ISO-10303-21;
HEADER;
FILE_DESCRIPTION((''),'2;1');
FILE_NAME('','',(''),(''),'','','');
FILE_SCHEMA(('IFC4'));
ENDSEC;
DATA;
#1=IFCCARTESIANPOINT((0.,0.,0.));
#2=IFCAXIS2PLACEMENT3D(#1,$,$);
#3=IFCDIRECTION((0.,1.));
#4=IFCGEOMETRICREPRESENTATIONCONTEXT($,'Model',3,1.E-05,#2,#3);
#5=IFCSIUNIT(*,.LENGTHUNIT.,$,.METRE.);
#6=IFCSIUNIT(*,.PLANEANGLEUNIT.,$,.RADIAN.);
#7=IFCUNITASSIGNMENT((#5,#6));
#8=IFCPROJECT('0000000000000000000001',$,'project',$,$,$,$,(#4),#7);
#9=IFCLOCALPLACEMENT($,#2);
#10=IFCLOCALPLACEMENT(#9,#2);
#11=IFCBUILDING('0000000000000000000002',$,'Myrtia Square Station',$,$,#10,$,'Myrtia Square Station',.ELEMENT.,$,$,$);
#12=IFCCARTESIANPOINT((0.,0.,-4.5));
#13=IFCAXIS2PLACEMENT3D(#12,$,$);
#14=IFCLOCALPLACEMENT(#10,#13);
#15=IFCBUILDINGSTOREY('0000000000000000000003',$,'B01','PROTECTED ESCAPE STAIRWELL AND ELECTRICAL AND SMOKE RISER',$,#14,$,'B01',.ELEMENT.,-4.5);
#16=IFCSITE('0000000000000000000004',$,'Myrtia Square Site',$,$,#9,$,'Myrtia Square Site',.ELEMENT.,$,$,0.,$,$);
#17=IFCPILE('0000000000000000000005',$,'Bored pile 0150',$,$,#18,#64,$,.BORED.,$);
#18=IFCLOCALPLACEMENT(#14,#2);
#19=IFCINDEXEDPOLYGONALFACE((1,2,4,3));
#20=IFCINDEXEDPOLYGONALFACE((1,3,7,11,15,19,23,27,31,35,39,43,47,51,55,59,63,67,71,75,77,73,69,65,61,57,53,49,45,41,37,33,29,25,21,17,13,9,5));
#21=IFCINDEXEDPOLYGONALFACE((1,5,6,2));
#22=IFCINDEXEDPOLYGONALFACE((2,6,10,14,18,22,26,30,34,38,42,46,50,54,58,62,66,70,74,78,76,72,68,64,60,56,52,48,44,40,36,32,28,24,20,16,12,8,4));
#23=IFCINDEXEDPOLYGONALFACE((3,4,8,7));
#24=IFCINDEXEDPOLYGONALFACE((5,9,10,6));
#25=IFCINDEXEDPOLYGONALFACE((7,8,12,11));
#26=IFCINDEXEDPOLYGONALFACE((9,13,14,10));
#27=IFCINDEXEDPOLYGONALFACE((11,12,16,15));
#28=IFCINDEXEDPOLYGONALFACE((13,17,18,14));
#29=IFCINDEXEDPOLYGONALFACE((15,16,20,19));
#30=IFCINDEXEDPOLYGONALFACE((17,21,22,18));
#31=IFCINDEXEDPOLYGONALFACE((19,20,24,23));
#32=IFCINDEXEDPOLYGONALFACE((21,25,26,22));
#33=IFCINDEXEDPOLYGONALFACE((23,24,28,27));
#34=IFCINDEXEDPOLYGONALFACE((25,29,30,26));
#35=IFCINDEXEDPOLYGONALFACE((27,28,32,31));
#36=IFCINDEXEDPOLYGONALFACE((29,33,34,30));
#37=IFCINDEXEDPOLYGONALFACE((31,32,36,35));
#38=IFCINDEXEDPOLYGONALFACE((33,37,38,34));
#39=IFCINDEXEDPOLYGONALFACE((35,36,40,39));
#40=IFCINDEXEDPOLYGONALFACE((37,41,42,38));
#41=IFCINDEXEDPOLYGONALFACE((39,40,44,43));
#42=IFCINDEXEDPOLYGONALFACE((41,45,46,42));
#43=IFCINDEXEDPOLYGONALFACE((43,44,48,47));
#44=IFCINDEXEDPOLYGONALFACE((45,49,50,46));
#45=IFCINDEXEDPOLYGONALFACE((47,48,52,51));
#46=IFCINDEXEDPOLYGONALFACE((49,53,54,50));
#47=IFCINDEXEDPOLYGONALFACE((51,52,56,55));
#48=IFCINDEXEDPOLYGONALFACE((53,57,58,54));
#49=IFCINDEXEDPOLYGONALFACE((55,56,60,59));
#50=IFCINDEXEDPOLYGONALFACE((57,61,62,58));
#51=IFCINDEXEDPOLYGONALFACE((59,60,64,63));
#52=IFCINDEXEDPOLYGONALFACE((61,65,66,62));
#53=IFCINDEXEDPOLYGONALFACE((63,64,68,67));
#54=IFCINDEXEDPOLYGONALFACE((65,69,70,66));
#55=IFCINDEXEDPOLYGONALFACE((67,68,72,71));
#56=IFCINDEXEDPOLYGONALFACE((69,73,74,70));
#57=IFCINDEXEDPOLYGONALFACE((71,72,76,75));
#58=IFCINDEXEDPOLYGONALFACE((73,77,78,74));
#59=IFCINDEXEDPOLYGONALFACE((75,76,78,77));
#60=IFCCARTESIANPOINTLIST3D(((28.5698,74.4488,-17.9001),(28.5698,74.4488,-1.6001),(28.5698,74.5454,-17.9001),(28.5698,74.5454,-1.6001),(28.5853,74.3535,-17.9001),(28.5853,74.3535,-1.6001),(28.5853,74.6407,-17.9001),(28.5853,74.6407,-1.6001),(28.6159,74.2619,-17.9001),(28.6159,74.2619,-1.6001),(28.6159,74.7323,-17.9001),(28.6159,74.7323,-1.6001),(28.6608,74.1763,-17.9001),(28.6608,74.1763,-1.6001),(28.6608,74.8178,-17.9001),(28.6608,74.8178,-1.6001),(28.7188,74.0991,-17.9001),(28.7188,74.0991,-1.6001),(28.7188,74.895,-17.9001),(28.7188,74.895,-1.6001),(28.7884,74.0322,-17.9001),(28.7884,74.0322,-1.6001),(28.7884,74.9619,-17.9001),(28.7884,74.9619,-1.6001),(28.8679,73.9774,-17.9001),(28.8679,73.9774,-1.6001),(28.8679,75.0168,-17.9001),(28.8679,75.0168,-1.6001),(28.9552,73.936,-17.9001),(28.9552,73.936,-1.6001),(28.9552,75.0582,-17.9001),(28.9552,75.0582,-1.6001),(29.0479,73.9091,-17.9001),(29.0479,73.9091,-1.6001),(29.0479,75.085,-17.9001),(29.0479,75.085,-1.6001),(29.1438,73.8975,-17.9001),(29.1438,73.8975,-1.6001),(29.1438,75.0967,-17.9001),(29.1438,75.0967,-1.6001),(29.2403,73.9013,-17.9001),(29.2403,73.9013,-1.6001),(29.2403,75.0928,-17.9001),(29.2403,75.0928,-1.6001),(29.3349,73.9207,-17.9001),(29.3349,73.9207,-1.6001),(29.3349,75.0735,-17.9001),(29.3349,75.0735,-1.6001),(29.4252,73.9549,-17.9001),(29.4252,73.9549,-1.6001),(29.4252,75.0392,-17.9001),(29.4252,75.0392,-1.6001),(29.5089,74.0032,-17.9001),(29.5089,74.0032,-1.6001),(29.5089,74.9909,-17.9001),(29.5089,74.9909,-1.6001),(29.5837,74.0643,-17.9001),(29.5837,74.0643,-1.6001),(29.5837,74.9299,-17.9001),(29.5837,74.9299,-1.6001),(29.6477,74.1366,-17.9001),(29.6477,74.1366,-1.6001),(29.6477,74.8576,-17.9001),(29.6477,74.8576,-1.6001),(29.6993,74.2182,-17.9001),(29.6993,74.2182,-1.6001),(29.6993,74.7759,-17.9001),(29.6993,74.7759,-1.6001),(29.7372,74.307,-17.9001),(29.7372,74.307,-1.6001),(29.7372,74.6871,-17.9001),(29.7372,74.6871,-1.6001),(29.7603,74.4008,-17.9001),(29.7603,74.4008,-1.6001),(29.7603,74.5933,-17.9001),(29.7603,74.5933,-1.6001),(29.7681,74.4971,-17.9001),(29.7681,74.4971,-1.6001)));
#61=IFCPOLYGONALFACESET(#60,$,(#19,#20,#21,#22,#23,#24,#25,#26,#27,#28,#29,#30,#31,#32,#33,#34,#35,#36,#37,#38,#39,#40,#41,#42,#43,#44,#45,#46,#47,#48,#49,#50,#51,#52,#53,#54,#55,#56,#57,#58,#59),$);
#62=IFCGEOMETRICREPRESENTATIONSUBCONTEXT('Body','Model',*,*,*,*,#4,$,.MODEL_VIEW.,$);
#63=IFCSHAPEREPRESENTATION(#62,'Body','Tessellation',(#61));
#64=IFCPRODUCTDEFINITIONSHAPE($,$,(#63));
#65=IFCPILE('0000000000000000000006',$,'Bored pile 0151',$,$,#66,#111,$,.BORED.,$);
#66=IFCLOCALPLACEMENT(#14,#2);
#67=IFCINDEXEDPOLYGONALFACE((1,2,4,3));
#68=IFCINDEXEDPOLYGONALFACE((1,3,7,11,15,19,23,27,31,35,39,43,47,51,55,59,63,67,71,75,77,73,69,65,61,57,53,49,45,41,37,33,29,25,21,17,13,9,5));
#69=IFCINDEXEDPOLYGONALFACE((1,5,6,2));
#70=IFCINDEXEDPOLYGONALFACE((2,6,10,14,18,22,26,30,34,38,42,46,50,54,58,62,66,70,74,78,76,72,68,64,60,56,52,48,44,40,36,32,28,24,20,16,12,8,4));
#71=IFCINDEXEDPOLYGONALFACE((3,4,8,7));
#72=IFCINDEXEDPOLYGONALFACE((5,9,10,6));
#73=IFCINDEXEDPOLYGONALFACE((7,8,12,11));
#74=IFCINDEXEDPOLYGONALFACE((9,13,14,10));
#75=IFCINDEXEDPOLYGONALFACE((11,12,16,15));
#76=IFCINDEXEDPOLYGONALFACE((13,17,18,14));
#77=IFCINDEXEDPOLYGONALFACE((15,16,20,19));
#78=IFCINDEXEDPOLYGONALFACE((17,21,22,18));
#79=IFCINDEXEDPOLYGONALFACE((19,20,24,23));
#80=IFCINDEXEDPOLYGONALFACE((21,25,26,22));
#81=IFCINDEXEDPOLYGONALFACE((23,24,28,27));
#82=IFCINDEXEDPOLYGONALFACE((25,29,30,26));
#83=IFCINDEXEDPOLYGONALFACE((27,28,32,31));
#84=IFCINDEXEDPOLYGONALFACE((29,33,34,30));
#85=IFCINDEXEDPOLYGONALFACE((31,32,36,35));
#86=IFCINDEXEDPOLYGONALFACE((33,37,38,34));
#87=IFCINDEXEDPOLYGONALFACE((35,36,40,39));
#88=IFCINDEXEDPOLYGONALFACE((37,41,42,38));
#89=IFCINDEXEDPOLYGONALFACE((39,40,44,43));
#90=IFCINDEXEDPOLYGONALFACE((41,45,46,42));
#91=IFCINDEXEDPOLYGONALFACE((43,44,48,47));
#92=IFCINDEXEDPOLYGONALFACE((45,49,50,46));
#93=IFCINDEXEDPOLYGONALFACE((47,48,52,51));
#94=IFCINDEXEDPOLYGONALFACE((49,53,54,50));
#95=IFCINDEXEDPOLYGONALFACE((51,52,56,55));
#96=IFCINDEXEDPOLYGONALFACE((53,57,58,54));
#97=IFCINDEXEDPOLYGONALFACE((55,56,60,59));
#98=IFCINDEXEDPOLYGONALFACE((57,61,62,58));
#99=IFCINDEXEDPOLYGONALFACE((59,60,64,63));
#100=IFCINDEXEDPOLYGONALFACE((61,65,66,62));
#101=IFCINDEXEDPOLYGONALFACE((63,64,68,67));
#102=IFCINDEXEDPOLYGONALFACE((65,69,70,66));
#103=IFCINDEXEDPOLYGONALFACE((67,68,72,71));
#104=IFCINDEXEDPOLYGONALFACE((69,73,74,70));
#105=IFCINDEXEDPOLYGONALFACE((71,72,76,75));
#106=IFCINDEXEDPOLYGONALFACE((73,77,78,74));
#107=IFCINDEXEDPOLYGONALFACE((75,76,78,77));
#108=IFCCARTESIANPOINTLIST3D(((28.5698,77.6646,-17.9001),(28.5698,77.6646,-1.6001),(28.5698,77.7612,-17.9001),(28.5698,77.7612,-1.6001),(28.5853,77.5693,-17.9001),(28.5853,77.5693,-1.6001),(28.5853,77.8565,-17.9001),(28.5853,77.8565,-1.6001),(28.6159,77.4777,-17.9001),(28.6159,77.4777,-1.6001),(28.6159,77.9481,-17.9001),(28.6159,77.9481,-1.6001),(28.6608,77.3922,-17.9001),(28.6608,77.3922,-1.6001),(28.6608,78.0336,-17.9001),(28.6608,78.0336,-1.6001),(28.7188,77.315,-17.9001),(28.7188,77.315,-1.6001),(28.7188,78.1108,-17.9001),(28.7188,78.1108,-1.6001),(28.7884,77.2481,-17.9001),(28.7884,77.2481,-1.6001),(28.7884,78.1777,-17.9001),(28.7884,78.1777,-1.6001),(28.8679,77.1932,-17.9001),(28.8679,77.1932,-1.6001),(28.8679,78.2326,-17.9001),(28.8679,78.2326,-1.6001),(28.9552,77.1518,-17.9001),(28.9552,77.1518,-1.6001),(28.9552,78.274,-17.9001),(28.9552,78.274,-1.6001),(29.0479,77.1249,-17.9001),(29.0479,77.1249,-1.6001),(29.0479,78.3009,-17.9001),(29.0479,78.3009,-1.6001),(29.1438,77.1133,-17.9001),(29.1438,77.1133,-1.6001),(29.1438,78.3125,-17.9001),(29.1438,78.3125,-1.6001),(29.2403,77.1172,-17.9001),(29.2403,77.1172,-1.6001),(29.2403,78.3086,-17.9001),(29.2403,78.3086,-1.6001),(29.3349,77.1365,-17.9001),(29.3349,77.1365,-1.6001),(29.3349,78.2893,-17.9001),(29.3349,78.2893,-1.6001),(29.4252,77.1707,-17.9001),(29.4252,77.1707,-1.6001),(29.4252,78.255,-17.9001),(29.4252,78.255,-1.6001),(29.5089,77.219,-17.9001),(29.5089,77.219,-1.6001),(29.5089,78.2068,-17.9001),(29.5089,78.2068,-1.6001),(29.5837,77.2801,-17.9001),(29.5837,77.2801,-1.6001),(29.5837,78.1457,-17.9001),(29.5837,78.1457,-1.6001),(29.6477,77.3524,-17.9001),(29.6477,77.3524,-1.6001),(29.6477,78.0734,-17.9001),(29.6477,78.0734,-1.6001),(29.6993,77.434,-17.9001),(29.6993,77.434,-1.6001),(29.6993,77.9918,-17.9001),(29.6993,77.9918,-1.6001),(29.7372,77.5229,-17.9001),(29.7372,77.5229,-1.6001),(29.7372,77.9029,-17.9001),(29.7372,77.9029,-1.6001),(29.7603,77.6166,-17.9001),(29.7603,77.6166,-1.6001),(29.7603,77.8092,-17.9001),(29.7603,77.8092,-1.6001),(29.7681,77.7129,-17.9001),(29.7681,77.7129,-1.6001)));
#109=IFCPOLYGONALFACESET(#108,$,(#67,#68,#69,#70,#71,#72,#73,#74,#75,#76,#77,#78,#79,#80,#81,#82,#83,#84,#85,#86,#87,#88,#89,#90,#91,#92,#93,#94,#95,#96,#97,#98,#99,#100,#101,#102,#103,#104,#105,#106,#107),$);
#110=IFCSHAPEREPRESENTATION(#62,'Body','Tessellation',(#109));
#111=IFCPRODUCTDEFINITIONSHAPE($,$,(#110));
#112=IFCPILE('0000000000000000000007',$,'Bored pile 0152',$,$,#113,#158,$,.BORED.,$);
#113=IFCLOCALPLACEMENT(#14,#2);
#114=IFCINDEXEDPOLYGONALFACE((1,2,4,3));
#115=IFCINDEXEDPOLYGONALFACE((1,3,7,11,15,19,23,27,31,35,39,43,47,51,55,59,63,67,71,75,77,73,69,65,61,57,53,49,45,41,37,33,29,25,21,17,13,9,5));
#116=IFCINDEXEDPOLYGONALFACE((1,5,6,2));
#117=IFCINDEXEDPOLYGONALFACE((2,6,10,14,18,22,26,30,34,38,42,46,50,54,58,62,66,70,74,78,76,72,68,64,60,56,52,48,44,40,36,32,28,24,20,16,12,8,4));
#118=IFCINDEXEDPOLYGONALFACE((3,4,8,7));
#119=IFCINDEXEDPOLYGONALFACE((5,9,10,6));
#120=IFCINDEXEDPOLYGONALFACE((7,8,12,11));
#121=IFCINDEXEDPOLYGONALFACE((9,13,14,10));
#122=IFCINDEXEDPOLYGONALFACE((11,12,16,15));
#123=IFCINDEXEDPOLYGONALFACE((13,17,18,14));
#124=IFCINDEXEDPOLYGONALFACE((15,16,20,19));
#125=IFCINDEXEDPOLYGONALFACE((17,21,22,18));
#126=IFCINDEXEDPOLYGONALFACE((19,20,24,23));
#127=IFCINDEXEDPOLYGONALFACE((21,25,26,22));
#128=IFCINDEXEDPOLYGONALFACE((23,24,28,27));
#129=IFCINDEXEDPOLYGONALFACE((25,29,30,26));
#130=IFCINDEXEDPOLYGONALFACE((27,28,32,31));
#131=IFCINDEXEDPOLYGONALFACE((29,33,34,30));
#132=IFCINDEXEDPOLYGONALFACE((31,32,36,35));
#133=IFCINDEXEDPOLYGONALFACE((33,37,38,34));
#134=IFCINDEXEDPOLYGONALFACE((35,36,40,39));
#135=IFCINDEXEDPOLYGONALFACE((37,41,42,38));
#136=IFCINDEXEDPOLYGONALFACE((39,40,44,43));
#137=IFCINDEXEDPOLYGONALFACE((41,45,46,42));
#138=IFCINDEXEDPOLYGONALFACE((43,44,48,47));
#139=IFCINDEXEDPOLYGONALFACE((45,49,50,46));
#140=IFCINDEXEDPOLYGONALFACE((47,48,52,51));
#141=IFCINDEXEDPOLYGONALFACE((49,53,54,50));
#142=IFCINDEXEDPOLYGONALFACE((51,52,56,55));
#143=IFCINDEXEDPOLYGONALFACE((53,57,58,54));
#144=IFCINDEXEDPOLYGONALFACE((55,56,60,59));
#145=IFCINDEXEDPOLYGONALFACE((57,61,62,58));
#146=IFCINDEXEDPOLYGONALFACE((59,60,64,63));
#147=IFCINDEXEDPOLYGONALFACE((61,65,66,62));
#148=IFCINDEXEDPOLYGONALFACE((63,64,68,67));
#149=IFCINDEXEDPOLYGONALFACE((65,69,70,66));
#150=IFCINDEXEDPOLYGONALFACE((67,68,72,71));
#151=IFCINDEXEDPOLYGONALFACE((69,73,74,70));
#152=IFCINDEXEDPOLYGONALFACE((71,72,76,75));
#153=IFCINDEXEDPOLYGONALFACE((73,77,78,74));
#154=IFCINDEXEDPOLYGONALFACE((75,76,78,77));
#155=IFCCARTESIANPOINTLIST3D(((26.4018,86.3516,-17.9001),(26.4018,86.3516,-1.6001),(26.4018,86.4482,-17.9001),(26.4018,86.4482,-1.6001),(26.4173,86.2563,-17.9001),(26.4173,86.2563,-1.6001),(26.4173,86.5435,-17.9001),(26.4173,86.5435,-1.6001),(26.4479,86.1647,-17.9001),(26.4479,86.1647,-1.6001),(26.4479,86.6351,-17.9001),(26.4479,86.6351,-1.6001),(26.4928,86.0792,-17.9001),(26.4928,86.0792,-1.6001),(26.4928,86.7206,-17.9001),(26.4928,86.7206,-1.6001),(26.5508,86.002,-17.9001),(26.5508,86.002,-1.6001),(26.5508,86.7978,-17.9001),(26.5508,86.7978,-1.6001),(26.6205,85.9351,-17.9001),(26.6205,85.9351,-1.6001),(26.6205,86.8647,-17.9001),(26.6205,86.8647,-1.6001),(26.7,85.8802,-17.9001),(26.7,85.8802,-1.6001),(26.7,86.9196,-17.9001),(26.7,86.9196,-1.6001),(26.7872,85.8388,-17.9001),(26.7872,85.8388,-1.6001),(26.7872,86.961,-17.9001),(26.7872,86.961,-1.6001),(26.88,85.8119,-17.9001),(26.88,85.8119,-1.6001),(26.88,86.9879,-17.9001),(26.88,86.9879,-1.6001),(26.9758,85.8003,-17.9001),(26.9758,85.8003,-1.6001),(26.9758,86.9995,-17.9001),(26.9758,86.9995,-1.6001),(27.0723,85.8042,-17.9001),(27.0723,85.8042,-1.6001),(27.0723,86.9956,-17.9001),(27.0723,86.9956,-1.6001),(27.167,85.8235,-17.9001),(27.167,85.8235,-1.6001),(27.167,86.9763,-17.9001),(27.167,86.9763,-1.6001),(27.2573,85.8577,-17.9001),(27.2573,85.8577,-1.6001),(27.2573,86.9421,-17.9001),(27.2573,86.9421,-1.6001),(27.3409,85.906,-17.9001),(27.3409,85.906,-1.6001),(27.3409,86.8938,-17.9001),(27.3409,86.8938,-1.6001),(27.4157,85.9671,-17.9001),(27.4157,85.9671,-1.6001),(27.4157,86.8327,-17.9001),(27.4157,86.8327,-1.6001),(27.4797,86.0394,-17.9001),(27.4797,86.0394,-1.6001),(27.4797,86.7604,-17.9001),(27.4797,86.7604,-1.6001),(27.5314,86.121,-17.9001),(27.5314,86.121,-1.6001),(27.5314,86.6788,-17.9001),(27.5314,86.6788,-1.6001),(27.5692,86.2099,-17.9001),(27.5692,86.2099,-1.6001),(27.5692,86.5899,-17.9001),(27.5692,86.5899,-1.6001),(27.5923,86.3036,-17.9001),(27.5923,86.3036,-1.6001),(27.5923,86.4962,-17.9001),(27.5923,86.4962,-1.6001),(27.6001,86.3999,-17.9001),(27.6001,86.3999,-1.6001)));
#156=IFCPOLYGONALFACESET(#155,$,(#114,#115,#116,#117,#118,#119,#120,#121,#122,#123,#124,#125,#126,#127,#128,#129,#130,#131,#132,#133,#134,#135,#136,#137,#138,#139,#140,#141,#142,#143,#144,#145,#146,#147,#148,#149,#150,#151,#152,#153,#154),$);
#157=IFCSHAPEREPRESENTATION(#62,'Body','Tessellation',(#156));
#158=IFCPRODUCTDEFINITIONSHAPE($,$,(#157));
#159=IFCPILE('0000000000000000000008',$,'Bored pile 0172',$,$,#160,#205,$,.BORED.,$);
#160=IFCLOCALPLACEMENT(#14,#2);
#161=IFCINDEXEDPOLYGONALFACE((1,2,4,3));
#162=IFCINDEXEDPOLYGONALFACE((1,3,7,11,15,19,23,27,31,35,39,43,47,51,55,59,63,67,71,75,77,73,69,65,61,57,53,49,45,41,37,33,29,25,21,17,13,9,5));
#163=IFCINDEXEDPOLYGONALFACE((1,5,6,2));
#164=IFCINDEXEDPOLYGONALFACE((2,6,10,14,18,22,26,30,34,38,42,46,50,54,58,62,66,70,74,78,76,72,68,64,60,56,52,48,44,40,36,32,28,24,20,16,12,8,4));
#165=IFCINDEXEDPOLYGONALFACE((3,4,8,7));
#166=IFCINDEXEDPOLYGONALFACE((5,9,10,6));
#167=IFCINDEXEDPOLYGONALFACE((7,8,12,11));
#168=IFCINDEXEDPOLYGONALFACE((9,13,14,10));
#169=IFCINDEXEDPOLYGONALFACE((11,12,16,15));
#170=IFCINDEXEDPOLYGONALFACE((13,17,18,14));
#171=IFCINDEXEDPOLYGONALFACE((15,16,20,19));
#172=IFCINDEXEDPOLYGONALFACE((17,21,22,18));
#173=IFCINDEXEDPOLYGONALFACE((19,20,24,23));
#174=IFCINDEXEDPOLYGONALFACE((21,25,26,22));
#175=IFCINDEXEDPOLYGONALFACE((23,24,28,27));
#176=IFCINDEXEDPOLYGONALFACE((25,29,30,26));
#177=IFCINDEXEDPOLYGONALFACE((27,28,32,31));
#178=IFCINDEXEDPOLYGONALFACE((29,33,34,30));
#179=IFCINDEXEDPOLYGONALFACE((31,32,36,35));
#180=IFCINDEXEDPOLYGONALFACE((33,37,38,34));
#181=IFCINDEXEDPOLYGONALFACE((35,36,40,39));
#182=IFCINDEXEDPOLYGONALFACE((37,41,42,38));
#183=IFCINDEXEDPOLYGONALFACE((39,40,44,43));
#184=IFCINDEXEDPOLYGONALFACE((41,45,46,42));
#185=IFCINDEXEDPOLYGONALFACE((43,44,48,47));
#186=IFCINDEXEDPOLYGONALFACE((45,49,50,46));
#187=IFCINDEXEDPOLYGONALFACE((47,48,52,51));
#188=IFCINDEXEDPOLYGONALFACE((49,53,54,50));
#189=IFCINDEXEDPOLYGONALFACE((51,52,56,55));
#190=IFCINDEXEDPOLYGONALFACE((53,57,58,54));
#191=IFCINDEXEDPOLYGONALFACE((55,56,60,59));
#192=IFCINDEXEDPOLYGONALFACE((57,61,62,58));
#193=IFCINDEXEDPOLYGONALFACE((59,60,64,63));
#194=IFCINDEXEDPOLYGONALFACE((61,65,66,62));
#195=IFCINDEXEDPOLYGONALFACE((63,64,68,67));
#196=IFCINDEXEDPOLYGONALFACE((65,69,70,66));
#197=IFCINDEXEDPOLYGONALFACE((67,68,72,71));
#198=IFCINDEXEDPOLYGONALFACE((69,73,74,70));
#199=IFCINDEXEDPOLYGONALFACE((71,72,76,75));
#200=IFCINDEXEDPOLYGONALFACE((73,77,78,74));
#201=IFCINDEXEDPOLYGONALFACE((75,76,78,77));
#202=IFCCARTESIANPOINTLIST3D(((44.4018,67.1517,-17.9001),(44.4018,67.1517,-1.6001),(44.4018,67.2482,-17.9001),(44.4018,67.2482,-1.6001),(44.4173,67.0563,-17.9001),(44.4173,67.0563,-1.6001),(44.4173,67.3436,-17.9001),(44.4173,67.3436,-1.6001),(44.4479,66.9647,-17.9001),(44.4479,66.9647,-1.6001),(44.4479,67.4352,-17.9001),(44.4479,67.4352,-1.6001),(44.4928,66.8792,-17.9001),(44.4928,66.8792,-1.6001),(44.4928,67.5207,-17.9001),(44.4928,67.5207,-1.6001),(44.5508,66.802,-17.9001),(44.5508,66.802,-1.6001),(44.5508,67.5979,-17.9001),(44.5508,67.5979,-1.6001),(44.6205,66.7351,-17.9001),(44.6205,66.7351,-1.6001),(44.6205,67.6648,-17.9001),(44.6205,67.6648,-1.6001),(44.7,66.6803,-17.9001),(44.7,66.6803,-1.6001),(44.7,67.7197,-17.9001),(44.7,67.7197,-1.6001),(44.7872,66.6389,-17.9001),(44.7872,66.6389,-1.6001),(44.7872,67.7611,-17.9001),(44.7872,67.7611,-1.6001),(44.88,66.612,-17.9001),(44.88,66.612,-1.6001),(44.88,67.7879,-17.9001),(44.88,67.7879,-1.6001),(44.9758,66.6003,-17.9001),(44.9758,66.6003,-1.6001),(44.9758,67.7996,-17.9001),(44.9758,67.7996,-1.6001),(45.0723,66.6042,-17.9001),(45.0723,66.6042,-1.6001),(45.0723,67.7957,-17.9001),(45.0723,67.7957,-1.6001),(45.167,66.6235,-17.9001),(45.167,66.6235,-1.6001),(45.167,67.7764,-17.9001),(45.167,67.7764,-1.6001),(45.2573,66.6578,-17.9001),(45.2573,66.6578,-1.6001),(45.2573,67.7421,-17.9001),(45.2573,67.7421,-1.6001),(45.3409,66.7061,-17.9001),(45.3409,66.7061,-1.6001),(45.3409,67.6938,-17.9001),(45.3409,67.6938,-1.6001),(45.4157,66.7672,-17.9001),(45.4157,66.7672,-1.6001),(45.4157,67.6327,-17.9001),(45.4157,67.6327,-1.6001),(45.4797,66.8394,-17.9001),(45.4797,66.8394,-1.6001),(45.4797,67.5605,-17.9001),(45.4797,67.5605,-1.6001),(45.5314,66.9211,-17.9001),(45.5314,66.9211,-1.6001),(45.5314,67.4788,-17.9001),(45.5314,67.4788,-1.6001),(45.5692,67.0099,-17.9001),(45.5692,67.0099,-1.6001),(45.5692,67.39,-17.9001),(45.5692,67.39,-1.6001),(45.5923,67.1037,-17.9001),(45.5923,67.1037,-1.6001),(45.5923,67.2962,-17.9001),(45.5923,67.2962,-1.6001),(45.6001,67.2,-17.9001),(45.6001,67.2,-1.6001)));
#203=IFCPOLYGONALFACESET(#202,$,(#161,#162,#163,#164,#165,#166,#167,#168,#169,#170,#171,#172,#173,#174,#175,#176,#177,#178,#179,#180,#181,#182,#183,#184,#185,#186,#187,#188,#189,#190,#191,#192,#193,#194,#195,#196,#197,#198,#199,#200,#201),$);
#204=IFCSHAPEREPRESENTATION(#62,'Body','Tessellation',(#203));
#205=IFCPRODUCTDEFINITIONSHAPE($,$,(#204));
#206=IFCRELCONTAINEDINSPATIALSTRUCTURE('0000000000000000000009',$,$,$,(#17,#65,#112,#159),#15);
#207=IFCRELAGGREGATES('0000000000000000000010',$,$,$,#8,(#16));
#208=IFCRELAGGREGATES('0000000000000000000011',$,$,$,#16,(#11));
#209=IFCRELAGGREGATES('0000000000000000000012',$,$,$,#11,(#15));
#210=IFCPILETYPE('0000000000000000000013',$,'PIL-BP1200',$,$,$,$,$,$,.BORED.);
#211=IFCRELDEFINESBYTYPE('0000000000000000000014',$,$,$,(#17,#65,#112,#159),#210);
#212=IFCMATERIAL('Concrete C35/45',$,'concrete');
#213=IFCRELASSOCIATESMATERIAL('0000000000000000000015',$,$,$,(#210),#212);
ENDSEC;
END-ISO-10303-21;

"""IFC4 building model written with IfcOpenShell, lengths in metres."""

from ifc_helpers import new_model, si_unit, direction, frame, origin, origin_2d, place, context, subcontext, project, spatial, circle, extrude, material, material_profile, profile_set, type_object, element, save


model = new_model("IFC4")

# Units and contexts
model_context = context("Model", 3, precision=1e-05, world=origin(), true_north=direction((0.0, 1.0)))
body_context = subcontext(model_context, "Body", "Model", "MODEL_VIEW")
ifc_project = project(units=[si_unit("LENGTHUNIT", "METRE"), si_unit("PLANEANGLEUNIT", "RADIAN")], contexts=[model_context])

# Site, building, storey
site_placement = place(None, origin())
site = spatial("IfcSite", under=ifc_project, at=site_placement, Name="Myrtia Square Site", LongName="Myrtia Square Site", CompositionType="ELEMENT", RefElevation=0.0)
building_placement = place(site_placement, origin())
building = spatial("IfcBuilding", under=site, at=building_placement, Name="Myrtia Square Station", LongName="Myrtia Square Station", CompositionType="ELEMENT")
storey_placement = place(building_placement, frame((0.0, 0.0, -4.5)))
storey = spatial("IfcBuildingStorey", under=building, at=storey_placement, Name="B01", Description="PROTECTED ESCAPE STAIRWELL AND ELECTRICAL AND SMOKE RISER", LongName="B01", CompositionType="ELEMENT", Elevation=-4.5)

# Shared definitions
ifc_material_1 = material(Name="Concrete C35/45", Category="concrete")

# Piles
ifc_material_profile_1 = material_profile(ifc_material_1, circle(Radius=0.6001, at=origin_2d()), Name="BP D1200")
ifc_profile_set_1 = profile_set([ifc_material_profile_1], Name="Concrete C35/45")
pile_type_1 = type_object("IfcPileType", Name="PIL-BP1200", PredefinedType="BORED", material=ifc_profile_set_1)
for number, where, z_axis, x_axis, name in (
    (1, (29.168, 74.4971, -1.6001), (0.0, 0.0, -1.0), (1.0, 0.0, 0.0), "Bored pile 0150"),
    (2, (29.168, 77.7129, -1.6001), (0.0, 0.0, -1.0), (1.0, 0.0, 0.0), "Bored pile 0151"),
    (3, (27.0, 86.3999, -1.6001), (0.0, 0.0, -1.0), (1.0, 0.0, 0.0), "Bored pile 0152"),
    (4, (45.0, 67.2, -1.6001), (0.0, 0.0, -1.0), (1.0, 0.0, 0.0), "Bored pile 0172"),
):
    element("IfcPile", number, at=place(storey_placement, frame(where, z_axis=z_axis, x_axis=x_axis)), inside=storey, type_object=pile_type_1, Name=name, PredefinedType="BORED", context=body_context, shape_type="SweptSolid", body=[
        extrude(circle(Radius=0.6001, at=origin_2d()), origin(), (0.0, 0.0, 1.0), 16.3),
    ])

save(model, "model.ifc")
